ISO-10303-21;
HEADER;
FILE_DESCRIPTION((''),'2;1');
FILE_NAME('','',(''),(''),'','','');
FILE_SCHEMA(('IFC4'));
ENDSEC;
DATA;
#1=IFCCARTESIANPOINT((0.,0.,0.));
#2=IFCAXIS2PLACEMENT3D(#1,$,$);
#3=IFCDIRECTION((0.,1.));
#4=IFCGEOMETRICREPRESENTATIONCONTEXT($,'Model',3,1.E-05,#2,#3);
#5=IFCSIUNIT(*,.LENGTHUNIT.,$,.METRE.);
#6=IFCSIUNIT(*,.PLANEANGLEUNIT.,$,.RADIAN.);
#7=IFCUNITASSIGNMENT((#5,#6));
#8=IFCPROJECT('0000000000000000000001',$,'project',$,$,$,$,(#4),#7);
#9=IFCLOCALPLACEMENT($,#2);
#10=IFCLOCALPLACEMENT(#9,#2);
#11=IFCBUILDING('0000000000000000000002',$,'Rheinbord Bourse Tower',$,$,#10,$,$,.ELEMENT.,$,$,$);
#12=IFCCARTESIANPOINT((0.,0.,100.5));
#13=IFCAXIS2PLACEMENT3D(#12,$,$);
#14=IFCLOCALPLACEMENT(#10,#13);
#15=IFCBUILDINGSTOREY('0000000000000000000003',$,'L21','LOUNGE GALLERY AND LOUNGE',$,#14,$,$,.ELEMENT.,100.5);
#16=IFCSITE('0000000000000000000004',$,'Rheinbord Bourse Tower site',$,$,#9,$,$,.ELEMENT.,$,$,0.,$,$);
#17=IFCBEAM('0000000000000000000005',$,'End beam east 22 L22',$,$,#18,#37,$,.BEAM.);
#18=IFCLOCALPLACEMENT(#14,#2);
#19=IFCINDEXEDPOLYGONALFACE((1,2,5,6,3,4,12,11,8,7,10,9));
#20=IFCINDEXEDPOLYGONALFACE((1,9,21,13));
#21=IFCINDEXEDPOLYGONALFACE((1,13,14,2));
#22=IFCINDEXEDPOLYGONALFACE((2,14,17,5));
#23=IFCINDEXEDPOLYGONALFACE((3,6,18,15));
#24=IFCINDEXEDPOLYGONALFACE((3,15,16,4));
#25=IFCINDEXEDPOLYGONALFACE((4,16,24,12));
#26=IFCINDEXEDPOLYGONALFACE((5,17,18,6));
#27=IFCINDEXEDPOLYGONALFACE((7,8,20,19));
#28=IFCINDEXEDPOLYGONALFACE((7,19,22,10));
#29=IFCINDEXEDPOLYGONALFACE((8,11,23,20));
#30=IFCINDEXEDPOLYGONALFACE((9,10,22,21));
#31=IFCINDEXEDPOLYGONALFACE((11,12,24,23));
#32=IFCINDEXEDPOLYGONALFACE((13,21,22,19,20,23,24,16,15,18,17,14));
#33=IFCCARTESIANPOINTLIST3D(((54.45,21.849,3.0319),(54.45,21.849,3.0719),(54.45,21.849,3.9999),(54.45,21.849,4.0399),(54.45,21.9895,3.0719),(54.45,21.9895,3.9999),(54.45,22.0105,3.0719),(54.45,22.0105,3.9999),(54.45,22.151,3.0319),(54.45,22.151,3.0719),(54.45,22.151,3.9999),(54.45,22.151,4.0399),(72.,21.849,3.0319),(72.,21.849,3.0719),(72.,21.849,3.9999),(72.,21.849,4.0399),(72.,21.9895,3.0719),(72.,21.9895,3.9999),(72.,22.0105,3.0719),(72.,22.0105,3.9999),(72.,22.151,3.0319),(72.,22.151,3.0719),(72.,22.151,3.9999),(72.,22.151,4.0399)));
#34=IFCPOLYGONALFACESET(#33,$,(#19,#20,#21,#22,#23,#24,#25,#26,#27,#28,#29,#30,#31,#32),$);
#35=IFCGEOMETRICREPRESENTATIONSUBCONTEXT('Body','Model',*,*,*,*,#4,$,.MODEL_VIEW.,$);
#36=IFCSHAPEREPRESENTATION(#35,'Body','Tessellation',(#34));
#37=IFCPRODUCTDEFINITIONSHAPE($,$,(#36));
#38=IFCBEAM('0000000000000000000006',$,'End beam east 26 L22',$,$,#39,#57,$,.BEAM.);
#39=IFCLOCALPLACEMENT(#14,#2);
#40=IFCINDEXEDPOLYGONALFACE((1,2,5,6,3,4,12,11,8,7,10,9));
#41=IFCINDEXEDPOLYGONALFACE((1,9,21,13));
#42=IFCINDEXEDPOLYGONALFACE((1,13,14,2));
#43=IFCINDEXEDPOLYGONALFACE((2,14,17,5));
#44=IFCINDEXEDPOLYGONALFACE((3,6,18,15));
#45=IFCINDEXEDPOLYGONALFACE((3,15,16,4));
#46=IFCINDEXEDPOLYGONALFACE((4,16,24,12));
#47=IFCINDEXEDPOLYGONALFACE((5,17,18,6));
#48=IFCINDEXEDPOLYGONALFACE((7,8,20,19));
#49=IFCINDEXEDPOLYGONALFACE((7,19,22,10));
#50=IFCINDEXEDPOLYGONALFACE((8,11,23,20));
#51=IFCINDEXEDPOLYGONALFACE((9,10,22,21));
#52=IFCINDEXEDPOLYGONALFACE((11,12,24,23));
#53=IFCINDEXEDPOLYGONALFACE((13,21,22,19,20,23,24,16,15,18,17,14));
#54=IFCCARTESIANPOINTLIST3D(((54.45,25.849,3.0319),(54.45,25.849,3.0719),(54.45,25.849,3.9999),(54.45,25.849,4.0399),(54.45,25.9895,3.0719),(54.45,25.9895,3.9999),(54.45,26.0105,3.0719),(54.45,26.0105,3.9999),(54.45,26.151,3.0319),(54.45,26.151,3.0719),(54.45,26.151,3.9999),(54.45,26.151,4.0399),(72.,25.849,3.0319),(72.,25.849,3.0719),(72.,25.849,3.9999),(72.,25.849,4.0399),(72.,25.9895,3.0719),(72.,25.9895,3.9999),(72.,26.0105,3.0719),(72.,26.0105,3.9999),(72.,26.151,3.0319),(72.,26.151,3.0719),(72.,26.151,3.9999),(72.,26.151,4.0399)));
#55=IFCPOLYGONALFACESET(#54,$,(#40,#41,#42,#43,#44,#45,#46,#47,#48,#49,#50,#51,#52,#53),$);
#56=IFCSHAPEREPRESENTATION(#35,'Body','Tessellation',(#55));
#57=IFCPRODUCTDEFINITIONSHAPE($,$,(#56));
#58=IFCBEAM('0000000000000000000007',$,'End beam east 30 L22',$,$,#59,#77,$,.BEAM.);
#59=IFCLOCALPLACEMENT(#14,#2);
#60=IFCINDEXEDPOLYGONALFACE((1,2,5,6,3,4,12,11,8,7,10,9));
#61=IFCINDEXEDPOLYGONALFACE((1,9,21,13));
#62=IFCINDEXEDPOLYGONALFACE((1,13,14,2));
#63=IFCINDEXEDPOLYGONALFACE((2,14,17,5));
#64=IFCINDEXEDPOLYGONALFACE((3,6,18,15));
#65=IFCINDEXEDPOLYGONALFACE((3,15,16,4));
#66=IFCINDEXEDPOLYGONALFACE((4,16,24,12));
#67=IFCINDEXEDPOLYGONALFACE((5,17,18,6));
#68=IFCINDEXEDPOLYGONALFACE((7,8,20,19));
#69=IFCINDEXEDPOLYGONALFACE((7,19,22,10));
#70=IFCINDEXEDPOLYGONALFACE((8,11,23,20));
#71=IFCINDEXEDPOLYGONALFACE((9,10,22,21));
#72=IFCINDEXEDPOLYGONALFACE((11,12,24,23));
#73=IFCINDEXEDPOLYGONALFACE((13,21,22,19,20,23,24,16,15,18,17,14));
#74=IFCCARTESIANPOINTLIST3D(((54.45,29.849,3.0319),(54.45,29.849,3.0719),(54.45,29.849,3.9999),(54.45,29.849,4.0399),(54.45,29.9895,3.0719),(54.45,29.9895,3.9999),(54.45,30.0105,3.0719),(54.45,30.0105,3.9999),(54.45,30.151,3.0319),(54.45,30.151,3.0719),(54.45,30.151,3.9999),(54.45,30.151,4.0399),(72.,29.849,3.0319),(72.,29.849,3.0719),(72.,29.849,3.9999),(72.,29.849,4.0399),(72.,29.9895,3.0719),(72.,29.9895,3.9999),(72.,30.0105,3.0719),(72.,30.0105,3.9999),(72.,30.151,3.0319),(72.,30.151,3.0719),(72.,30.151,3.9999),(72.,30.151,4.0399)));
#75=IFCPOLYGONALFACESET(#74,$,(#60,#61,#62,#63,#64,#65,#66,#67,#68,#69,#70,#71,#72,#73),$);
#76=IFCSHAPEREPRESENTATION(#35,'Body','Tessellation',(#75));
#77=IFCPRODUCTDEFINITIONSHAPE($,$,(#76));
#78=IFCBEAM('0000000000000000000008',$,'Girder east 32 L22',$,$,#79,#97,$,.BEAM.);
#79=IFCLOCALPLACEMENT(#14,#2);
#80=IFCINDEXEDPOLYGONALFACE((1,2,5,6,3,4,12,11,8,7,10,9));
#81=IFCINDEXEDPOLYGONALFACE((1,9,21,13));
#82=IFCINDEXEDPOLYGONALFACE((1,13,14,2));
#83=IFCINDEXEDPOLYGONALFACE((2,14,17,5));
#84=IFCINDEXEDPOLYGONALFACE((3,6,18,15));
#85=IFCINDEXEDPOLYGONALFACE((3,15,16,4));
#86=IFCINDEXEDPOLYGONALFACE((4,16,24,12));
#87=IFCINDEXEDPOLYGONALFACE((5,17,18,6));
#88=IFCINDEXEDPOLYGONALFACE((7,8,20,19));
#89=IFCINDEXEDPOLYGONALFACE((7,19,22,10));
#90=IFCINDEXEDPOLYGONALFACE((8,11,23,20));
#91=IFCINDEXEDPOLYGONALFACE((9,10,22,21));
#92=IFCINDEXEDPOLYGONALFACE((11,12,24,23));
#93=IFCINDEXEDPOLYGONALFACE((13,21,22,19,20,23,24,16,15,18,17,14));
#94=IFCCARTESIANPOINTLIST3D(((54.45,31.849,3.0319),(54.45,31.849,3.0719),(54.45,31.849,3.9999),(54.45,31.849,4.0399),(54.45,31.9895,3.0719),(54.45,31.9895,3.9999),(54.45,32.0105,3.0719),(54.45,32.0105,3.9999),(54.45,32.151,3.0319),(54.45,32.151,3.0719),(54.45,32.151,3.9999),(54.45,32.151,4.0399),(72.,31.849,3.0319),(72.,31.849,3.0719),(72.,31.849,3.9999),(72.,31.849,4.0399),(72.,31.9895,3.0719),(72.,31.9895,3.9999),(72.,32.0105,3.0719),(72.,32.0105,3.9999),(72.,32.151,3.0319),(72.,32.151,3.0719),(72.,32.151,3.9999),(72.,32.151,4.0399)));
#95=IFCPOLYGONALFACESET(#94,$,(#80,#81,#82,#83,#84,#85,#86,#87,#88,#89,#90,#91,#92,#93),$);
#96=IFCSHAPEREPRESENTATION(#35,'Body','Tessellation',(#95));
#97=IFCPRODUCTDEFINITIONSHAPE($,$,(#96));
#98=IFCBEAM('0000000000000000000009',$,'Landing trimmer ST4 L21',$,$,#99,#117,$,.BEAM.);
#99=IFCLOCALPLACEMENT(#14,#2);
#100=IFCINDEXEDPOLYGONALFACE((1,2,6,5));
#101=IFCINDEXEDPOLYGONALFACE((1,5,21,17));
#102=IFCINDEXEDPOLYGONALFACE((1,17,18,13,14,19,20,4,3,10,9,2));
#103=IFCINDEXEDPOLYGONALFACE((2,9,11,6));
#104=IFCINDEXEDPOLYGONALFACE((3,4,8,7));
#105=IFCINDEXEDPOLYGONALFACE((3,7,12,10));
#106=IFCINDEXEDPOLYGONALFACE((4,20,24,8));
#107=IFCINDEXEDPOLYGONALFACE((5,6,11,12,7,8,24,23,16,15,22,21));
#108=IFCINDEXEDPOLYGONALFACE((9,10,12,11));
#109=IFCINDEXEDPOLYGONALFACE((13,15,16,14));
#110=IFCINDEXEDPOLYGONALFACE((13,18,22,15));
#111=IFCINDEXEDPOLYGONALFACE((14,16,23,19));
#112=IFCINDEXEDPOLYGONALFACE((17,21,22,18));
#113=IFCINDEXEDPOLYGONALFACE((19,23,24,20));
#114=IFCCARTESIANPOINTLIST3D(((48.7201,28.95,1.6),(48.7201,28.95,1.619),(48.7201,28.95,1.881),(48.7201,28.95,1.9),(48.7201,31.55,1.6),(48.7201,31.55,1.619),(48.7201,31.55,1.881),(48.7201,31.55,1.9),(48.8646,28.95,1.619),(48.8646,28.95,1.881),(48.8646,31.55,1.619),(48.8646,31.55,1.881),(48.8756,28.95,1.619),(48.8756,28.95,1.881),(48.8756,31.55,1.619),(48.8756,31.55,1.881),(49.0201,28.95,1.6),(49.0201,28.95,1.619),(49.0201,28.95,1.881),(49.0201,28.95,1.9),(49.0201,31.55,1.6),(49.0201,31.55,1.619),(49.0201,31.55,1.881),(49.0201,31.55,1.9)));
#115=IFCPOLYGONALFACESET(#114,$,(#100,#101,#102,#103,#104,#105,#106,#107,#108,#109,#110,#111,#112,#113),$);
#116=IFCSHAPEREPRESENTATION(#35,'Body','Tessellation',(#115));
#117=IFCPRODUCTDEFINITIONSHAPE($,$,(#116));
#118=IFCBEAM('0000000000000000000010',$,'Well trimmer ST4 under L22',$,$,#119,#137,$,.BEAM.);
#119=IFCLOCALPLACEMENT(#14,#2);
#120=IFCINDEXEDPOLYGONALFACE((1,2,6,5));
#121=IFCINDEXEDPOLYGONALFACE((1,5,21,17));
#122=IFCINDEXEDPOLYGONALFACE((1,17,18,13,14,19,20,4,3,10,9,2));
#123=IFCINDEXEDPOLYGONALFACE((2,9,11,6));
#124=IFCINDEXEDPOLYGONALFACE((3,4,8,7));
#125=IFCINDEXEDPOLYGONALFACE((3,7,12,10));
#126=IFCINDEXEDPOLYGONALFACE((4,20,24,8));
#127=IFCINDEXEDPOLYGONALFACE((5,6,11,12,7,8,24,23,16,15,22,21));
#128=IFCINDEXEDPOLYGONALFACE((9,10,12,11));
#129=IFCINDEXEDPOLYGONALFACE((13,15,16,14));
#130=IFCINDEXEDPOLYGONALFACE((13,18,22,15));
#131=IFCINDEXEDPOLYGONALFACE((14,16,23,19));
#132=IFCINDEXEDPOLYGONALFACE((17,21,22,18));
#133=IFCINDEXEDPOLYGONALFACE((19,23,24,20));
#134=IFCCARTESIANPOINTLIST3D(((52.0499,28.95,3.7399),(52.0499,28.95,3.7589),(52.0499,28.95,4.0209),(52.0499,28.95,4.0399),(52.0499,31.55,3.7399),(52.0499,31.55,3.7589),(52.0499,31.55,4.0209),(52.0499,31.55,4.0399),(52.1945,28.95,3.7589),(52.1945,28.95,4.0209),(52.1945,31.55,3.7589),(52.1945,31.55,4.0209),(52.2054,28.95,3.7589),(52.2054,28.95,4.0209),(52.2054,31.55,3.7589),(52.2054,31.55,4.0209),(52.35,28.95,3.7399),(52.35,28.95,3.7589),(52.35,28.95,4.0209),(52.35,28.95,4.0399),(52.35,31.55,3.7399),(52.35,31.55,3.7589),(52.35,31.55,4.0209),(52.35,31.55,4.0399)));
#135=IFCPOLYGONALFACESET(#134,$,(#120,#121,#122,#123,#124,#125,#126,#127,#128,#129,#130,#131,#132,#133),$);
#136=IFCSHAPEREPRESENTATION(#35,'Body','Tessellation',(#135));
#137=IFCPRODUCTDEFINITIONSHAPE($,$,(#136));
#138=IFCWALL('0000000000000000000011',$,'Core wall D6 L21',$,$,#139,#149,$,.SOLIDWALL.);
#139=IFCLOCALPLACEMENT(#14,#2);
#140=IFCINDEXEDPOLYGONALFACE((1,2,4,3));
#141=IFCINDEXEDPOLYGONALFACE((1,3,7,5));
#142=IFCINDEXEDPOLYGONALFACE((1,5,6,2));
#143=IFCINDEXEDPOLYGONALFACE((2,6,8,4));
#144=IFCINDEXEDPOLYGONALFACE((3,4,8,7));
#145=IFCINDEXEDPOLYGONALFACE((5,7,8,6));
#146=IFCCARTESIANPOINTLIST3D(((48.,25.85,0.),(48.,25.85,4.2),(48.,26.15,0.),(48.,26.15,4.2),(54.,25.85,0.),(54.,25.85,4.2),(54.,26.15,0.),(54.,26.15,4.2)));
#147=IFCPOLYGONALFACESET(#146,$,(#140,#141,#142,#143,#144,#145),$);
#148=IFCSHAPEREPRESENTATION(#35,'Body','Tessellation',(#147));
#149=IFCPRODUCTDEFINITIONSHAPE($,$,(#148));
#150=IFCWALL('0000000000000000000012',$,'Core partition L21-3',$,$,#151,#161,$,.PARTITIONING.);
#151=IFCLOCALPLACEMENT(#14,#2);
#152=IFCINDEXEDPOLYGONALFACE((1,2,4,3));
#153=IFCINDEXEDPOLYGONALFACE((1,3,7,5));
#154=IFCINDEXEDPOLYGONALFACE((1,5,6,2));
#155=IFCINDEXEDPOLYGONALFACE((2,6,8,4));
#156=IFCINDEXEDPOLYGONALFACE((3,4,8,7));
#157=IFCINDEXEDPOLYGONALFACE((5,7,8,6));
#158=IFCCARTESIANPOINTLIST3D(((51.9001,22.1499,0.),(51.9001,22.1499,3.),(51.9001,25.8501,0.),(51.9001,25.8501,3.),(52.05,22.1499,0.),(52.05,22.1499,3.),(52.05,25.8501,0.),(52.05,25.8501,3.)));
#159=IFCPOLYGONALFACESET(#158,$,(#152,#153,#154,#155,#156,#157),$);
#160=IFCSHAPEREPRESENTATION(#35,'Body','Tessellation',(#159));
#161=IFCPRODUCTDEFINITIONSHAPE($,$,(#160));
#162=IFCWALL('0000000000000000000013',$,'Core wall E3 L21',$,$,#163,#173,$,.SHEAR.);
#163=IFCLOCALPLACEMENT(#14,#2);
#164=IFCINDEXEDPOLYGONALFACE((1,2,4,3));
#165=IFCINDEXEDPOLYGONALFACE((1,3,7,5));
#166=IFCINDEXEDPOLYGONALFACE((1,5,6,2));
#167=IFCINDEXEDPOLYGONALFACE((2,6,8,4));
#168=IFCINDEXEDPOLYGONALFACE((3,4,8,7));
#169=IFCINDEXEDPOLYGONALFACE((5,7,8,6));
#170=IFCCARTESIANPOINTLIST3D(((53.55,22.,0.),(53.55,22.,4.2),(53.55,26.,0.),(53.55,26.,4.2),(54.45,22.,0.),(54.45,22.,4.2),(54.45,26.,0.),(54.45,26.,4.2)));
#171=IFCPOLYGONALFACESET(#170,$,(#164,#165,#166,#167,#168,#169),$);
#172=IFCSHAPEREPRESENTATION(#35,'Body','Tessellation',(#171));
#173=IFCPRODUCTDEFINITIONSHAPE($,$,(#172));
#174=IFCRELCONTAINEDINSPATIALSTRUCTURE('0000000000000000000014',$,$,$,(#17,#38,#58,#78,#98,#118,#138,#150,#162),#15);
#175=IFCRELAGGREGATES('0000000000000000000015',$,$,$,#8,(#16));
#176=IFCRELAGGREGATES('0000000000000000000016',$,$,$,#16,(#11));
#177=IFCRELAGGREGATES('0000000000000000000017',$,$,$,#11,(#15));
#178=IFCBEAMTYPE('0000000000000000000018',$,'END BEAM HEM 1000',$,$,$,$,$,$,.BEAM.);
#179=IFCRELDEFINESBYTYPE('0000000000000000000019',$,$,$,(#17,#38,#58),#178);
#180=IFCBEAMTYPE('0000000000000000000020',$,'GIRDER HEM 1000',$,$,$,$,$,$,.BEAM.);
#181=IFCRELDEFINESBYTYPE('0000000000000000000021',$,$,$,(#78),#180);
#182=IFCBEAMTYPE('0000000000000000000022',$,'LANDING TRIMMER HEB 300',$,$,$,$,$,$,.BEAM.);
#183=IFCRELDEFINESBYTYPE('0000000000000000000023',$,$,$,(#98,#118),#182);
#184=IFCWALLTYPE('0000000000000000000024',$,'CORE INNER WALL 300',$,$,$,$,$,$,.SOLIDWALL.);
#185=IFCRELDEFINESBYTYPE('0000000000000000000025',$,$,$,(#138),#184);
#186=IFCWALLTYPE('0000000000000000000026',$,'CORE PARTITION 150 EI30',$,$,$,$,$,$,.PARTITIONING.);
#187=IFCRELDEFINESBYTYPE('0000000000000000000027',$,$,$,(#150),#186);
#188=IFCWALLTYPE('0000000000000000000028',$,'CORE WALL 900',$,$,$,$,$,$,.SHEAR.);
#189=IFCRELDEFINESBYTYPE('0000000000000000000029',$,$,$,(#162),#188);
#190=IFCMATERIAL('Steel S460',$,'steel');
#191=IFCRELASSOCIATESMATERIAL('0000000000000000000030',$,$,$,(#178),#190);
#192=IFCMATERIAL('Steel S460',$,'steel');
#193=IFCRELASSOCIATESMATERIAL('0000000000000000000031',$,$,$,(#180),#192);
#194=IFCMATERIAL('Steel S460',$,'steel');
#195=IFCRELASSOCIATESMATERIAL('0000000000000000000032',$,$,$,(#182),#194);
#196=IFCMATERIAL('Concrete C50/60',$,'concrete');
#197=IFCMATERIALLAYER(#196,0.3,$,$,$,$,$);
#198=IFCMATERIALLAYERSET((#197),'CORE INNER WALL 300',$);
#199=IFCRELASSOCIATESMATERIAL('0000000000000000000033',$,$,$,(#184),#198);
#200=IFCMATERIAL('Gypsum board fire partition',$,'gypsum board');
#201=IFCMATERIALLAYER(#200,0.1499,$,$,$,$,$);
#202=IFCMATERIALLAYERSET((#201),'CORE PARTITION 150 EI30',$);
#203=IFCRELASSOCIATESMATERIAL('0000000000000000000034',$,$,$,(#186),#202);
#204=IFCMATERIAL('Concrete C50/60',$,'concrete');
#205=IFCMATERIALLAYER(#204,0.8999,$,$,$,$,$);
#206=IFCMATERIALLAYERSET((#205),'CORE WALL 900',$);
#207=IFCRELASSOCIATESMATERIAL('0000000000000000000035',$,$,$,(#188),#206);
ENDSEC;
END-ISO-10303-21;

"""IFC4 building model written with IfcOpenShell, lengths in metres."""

from ifc_helpers import new_model, si_unit, direction, frame, frame_2d, origin, origin_2d, place, context, subcontext, project, spatial, rectangle, i_section, extrude, material, layer, layer_set, material_profile, profile_set, type_object, element, save


model = new_model("IFC4")

# Units and contexts
model_context = context("Model", 3, precision=1e-05, world=origin(), true_north=direction((0.0, 1.0)))
body_context = subcontext(model_context, "Body", "Model", "MODEL_VIEW")
ifc_project = project(units=[si_unit("LENGTHUNIT", "METRE"), si_unit("PLANEANGLEUNIT", "RADIAN")], contexts=[model_context])

# Site, building, storey
site_placement = place(None, origin())
site = spatial("IfcSite", under=ifc_project, at=site_placement, Name="Rheinbord Bourse Tower site", CompositionType="ELEMENT", RefElevation=0.0)
building_placement = place(site_placement, origin())
building = spatial("IfcBuilding", under=site, at=building_placement, Name="Rheinbord Bourse Tower", CompositionType="ELEMENT")
storey_placement = place(building_placement, frame((0.0, 0.0, 100.5)))
storey = spatial("IfcBuildingStorey", under=building, at=storey_placement, Name="L21", Description="LOUNGE GALLERY AND LOUNGE", CompositionType="ELEMENT", Elevation=100.5)

# Beams
ifc_material_1 = material(Name="Steel S460", Category="steel")
ifc_material_profile_1 = material_profile(ifc_material_1, i_section(OverallWidth=0.302, OverallDepth=1.0081, WebThickness=0.021, FlangeThickness=0.04, at=origin_2d()), Name="HEM 1000")
ifc_profile_set_1 = profile_set([ifc_material_profile_1], Name="Steel S460")
beam_type_1 = type_object("IfcBeamType", Name="END BEAM HEM 1000", PredefinedType="BEAM", material=ifc_profile_set_1)
for number, where, z_axis, x_axis, name in (
    (1, (54.45, 22.0, 3.5359), (1.0, 0.0, 0.0), (0.0, 1.0, 0.0), "End beam east 22 L22"),
    (2, (54.45, 26.0, 3.5359), (1.0, 0.0, 0.0), (0.0, 1.0, 0.0), "End beam east 26 L22"),
    (3, (54.45, 30.0, 3.5359), (1.0, 0.0, 0.0), (0.0, 1.0, 0.0), "End beam east 30 L22"),
):
    element("IfcBeam", number, at=place(storey_placement, frame(where, z_axis=z_axis, x_axis=x_axis)), inside=storey, type_object=beam_type_1, Name=name, PredefinedType="BEAM", context=body_context, shape_type="SweptSolid", body=[
        extrude(i_section(OverallWidth=0.302, OverallDepth=1.0081, WebThickness=0.021, FlangeThickness=0.04, at=origin_2d()), origin(), (0.0, 0.0, 1.0), 17.55),
    ])
ifc_material_2 = material(Name="Steel S460", Category="steel")
ifc_material_profile_2 = material_profile(ifc_material_2, i_section(OverallWidth=0.302, OverallDepth=1.0081, WebThickness=0.021, FlangeThickness=0.04, at=origin_2d()), Name="HEM 1000")
ifc_profile_set_2 = profile_set([ifc_material_profile_2], Name="Steel S460")
beam_type_2 = type_object("IfcBeamType", Name="GIRDER HEM 1000", PredefinedType="BEAM", material=ifc_profile_set_2)
beam_placement = place(storey_placement, frame((54.45, 32.0, 3.5359), z_axis=(1.0, 0.0, 0.0), x_axis=(0.0, 1.0, 0.0)))
element("IfcBeam", 4, at=beam_placement, inside=storey, type_object=beam_type_2, Name="Girder east 32 L22", PredefinedType="BEAM", context=body_context, shape_type="SweptSolid", body=[
    extrude(i_section(OverallWidth=0.302, OverallDepth=1.0081, WebThickness=0.021, FlangeThickness=0.04, at=origin_2d()), origin(), (0.0, 0.0, 1.0), 17.55),
])
ifc_material_3 = material(Name="Steel S460", Category="steel")
ifc_material_profile_3 = material_profile(ifc_material_3, i_section(OverallWidth=0.3, OverallDepth=0.3, WebThickness=0.011, FlangeThickness=0.019, at=origin_2d()), Name="HEB 300")
ifc_profile_set_3 = profile_set([ifc_material_profile_3], Name="Steel S460")
beam_type_3 = type_object("IfcBeamType", Name="LANDING TRIMMER HEB 300", PredefinedType="BEAM", material=ifc_profile_set_3)
for number, where, z_axis, x_axis, name in (
    (5, (48.8701, 28.95, 1.75), (0.0, 1.0, 0.0), (-1.0, 0.0, 0.0), "Landing trimmer ST4 L21"),
    (6, (52.2, 28.95, 3.8899), (0.0, 1.0, 0.0), (-1.0, 0.0, 0.0), "Well trimmer ST4 under L22"),
):
    element("IfcBeam", number, at=place(storey_placement, frame(where, z_axis=z_axis, x_axis=x_axis)), inside=storey, type_object=beam_type_3, Name=name, PredefinedType="BEAM", context=body_context, shape_type="SweptSolid", body=[
        extrude(i_section(OverallWidth=0.3, OverallDepth=0.3, WebThickness=0.011, FlangeThickness=0.019, at=origin_2d()), origin(), (0.0, 0.0, 1.0), 2.6001),
    ])

# Walls
ifc_material_4 = material(Name="Concrete C50/60", Category="concrete")
ifc_layer_1 = layer(ifc_material_4, 0.3)
ifc_layer_set_1 = layer_set([ifc_layer_1], Name="CORE INNER WALL 300")
wall_type_1 = type_object("IfcWallType", Name="CORE INNER WALL 300", PredefinedType="SOLIDWALL", material=ifc_layer_set_1)
wall_1_placement = place(storey_placement, frame((48.0, 26.0, 0.0), z_axis=(0.0, 0.0, 1.0), x_axis=(1.0, 0.0, 0.0)))
element("IfcWall", 7, at=wall_1_placement, inside=storey, type_object=wall_type_1, Name="Core wall D6 L21", PredefinedType="SOLIDWALL", context=body_context, shape_type="SweptSolid", body=[
    extrude(rectangle(XDim=6.0, YDim=0.3, at=frame_2d((3.0, 0.0))), origin(), (0.0, 0.0, 1.0), 4.2),
])
ifc_material_5 = material(Name="Gypsum board fire partition", Category="gypsum board")
ifc_layer_2 = layer(ifc_material_5, 0.1499)
ifc_layer_set_2 = layer_set([ifc_layer_2], Name="CORE PARTITION 150 EI30")
wall_type_2 = type_object("IfcWallType", Name="CORE PARTITION 150 EI30", PredefinedType="PARTITIONING", material=ifc_layer_set_2)
wall_2_placement = place(storey_placement, frame((51.9751, 22.1499, 0.0), z_axis=(0.0, 0.0, 1.0), x_axis=(0.0, 1.0, 0.0)))
element("IfcWall", 8, at=wall_2_placement, inside=storey, type_object=wall_type_2, Name="Core partition L21-3", PredefinedType="PARTITIONING", context=body_context, shape_type="SweptSolid", body=[
    extrude(rectangle(XDim=3.7002, YDim=0.1499, at=frame_2d((1.8501, 0.0))), origin(), (0.0, 0.0, 1.0), 3.0),
])
ifc_material_6 = material(Name="Concrete C50/60", Category="concrete")
ifc_layer_3 = layer(ifc_material_6, 0.8999)
ifc_layer_set_3 = layer_set([ifc_layer_3], Name="CORE WALL 900")
wall_type_3 = type_object("IfcWallType", Name="CORE WALL 900", PredefinedType="SHEAR", material=ifc_layer_set_3)
wall_3_placement = place(storey_placement, frame((54.0, 22.0, 0.0), z_axis=(0.0, 0.0, 1.0), x_axis=(0.0, 1.0, 0.0)))
element("IfcWall", 9, at=wall_3_placement, inside=storey, type_object=wall_type_3, Name="Core wall E3 L21", PredefinedType="SHEAR", context=body_context, shape_type="SweptSolid", body=[
    extrude(rectangle(XDim=4.0, YDim=0.8999, at=frame_2d((2.0, 0.0))), origin(), (0.0, 0.0, 1.0), 4.2),
])

save(model, "model.ifc")
